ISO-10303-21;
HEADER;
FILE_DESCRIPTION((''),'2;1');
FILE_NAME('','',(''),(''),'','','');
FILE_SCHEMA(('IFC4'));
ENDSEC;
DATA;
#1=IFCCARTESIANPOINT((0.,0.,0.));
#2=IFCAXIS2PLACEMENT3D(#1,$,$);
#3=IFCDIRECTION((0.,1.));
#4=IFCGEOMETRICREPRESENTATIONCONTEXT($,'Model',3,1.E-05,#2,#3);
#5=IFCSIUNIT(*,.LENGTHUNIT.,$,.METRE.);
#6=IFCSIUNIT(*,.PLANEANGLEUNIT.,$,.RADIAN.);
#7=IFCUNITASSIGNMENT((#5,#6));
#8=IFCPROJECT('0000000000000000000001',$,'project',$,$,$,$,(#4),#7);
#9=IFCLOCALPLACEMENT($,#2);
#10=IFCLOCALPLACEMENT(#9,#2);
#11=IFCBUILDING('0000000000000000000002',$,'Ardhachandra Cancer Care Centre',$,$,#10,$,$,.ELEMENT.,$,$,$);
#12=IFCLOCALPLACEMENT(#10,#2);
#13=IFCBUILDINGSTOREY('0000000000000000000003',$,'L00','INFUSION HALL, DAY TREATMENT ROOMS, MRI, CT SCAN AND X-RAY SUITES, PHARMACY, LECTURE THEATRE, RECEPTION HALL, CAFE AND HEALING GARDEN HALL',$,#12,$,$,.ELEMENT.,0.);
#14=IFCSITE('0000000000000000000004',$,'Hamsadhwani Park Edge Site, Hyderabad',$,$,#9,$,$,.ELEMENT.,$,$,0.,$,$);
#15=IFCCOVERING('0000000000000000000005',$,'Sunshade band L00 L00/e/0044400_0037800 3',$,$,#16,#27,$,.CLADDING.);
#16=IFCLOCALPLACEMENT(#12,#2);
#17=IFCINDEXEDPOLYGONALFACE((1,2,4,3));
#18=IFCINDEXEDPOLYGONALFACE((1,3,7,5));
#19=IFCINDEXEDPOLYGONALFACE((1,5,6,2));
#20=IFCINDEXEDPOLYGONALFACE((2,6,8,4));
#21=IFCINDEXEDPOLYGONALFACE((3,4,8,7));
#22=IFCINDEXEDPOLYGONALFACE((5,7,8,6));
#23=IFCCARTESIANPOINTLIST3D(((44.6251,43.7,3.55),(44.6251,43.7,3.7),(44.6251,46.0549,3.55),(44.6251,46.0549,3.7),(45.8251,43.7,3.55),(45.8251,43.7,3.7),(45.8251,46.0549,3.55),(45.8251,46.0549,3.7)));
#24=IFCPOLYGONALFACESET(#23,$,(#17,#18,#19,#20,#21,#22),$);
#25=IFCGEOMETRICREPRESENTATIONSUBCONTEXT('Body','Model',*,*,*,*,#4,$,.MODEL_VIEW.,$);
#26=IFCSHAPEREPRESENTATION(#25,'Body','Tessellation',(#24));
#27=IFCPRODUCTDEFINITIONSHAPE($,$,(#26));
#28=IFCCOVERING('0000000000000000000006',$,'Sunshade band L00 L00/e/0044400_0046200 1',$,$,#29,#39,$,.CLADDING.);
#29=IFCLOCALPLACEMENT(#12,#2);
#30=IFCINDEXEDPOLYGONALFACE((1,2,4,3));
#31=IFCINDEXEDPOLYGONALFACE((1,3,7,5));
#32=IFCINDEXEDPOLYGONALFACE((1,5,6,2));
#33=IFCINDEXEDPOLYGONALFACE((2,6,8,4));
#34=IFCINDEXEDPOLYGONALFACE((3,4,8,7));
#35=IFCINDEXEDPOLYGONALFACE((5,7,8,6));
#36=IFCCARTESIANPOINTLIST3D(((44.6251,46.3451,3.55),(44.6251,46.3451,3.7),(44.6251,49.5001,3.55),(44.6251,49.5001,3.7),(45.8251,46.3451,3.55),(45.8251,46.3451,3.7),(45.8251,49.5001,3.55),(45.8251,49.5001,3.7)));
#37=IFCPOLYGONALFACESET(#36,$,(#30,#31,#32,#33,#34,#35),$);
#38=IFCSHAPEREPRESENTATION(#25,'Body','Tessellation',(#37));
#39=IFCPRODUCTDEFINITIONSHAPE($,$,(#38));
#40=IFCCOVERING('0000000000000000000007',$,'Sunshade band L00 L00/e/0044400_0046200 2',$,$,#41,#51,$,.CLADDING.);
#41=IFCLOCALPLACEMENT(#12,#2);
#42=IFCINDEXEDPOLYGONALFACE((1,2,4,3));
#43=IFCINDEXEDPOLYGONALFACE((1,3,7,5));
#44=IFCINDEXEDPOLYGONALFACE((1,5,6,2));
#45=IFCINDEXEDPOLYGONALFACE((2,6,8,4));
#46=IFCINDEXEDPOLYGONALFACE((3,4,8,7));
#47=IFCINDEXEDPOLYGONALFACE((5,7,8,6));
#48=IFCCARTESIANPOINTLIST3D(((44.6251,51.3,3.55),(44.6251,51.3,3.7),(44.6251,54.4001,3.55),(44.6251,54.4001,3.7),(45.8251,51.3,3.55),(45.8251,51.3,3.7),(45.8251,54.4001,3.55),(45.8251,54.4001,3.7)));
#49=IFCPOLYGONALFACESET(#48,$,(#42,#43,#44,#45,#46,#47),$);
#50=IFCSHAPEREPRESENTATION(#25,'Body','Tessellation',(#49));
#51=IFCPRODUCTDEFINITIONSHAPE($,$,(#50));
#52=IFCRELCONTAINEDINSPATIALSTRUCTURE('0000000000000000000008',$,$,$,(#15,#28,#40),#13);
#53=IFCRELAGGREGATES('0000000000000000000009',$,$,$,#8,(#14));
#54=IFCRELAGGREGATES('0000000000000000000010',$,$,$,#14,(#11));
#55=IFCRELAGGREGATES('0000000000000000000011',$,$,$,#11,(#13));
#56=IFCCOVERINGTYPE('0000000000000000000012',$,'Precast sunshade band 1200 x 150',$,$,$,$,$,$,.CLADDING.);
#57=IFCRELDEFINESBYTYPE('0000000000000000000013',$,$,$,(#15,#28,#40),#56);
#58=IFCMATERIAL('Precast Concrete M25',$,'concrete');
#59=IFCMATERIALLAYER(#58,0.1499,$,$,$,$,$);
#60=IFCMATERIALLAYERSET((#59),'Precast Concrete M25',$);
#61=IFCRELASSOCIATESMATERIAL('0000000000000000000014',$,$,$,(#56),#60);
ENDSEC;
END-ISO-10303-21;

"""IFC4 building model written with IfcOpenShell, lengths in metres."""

from ifc_helpers import new_model, si_unit, direction, frame, origin, origin_2d, place, context, subcontext, project, spatial, rectangle, extrude, material, layer, layer_set, type_object, element, save


model = new_model("IFC4")

# Units and contexts
model_context = context("Model", 3, precision=1e-05, world=origin(), true_north=direction((0.0, 1.0)))
body_context = subcontext(model_context, "Body", "Model", "MODEL_VIEW")
ifc_project = project(units=[si_unit("LENGTHUNIT", "METRE"), si_unit("PLANEANGLEUNIT", "RADIAN")], contexts=[model_context])

# Site, building, storey
site_placement = place(None, origin())
site = spatial("IfcSite", under=ifc_project, at=site_placement, Name="Hamsadhwani Park Edge Site, Hyderabad", CompositionType="ELEMENT", RefElevation=0.0)
building_placement = place(site_placement, origin())
building = spatial("IfcBuilding", under=site, at=building_placement, Name="Ardhachandra Cancer Care Centre", CompositionType="ELEMENT")
storey_placement = place(building_placement, origin())
storey = spatial("IfcBuildingStorey", under=building, at=storey_placement, Name="L00", Description="INFUSION HALL, DAY TREATMENT ROOMS, MRI, CT SCAN AND X-RAY SUITES, PHARMACY, LECTURE THEATRE, RECEPTION HALL, CAFE AND HEALING GARDEN HALL", CompositionType="ELEMENT", Elevation=0.0)

# Coverings
ifc_material_1 = material(Name="Precast Concrete M25", Category="concrete")
ifc_layer_1 = layer(ifc_material_1, 0.1499)
ifc_layer_set_1 = layer_set([ifc_layer_1], Name="Precast Concrete M25")
covering_type_1 = type_object("IfcCoveringType", Name="Precast sunshade band 1200 x 150", PredefinedType="CLADDING", material=ifc_layer_set_1)
covering_1_placement = place(storey_placement, frame((45.2251, 44.8774, 3.55), z_axis=(0.0, 0.0, 1.0), x_axis=(0.0, 1.0, 0.0)))
element("IfcCovering", 1, at=covering_1_placement, inside=storey, type_object=covering_type_1, Name="Sunshade band L00 L00/e/0044400_0037800 3", PredefinedType="CLADDING", context=body_context, shape_type="SweptSolid", body=[
    extrude(rectangle(XDim=2.355, YDim=1.2, at=origin_2d()), origin(), (0.0, 0.0, 1.0), 0.1499),
])
covering_2_placement = place(storey_placement, frame((45.2251, 47.9226, 3.55), z_axis=(0.0, 0.0, 1.0), x_axis=(0.0, 1.0, 0.0)))
element("IfcCovering", 2, at=covering_2_placement, inside=storey, type_object=covering_type_1, Name="Sunshade band L00 L00/e/0044400_0046200 1", PredefinedType="CLADDING", context=body_context, shape_type="SweptSolid", body=[
    extrude(rectangle(XDim=3.155, YDim=1.2, at=origin_2d()), origin(), (0.0, 0.0, 1.0), 0.1499),
])
covering_3_placement = place(storey_placement, frame((45.2251, 52.8501, 3.55), z_axis=(0.0, 0.0, 1.0), x_axis=(0.0, 1.0, 0.0)))
element("IfcCovering", 3, at=covering_3_placement, inside=storey, type_object=covering_type_1, Name="Sunshade band L00 L00/e/0044400_0046200 2", PredefinedType="CLADDING", context=body_context, shape_type="SweptSolid", body=[
    extrude(rectangle(XDim=3.1001, YDim=1.2, at=origin_2d()), origin(), (0.0, 0.0, 1.0), 0.1499),
])

save(model, "model.ifc")
